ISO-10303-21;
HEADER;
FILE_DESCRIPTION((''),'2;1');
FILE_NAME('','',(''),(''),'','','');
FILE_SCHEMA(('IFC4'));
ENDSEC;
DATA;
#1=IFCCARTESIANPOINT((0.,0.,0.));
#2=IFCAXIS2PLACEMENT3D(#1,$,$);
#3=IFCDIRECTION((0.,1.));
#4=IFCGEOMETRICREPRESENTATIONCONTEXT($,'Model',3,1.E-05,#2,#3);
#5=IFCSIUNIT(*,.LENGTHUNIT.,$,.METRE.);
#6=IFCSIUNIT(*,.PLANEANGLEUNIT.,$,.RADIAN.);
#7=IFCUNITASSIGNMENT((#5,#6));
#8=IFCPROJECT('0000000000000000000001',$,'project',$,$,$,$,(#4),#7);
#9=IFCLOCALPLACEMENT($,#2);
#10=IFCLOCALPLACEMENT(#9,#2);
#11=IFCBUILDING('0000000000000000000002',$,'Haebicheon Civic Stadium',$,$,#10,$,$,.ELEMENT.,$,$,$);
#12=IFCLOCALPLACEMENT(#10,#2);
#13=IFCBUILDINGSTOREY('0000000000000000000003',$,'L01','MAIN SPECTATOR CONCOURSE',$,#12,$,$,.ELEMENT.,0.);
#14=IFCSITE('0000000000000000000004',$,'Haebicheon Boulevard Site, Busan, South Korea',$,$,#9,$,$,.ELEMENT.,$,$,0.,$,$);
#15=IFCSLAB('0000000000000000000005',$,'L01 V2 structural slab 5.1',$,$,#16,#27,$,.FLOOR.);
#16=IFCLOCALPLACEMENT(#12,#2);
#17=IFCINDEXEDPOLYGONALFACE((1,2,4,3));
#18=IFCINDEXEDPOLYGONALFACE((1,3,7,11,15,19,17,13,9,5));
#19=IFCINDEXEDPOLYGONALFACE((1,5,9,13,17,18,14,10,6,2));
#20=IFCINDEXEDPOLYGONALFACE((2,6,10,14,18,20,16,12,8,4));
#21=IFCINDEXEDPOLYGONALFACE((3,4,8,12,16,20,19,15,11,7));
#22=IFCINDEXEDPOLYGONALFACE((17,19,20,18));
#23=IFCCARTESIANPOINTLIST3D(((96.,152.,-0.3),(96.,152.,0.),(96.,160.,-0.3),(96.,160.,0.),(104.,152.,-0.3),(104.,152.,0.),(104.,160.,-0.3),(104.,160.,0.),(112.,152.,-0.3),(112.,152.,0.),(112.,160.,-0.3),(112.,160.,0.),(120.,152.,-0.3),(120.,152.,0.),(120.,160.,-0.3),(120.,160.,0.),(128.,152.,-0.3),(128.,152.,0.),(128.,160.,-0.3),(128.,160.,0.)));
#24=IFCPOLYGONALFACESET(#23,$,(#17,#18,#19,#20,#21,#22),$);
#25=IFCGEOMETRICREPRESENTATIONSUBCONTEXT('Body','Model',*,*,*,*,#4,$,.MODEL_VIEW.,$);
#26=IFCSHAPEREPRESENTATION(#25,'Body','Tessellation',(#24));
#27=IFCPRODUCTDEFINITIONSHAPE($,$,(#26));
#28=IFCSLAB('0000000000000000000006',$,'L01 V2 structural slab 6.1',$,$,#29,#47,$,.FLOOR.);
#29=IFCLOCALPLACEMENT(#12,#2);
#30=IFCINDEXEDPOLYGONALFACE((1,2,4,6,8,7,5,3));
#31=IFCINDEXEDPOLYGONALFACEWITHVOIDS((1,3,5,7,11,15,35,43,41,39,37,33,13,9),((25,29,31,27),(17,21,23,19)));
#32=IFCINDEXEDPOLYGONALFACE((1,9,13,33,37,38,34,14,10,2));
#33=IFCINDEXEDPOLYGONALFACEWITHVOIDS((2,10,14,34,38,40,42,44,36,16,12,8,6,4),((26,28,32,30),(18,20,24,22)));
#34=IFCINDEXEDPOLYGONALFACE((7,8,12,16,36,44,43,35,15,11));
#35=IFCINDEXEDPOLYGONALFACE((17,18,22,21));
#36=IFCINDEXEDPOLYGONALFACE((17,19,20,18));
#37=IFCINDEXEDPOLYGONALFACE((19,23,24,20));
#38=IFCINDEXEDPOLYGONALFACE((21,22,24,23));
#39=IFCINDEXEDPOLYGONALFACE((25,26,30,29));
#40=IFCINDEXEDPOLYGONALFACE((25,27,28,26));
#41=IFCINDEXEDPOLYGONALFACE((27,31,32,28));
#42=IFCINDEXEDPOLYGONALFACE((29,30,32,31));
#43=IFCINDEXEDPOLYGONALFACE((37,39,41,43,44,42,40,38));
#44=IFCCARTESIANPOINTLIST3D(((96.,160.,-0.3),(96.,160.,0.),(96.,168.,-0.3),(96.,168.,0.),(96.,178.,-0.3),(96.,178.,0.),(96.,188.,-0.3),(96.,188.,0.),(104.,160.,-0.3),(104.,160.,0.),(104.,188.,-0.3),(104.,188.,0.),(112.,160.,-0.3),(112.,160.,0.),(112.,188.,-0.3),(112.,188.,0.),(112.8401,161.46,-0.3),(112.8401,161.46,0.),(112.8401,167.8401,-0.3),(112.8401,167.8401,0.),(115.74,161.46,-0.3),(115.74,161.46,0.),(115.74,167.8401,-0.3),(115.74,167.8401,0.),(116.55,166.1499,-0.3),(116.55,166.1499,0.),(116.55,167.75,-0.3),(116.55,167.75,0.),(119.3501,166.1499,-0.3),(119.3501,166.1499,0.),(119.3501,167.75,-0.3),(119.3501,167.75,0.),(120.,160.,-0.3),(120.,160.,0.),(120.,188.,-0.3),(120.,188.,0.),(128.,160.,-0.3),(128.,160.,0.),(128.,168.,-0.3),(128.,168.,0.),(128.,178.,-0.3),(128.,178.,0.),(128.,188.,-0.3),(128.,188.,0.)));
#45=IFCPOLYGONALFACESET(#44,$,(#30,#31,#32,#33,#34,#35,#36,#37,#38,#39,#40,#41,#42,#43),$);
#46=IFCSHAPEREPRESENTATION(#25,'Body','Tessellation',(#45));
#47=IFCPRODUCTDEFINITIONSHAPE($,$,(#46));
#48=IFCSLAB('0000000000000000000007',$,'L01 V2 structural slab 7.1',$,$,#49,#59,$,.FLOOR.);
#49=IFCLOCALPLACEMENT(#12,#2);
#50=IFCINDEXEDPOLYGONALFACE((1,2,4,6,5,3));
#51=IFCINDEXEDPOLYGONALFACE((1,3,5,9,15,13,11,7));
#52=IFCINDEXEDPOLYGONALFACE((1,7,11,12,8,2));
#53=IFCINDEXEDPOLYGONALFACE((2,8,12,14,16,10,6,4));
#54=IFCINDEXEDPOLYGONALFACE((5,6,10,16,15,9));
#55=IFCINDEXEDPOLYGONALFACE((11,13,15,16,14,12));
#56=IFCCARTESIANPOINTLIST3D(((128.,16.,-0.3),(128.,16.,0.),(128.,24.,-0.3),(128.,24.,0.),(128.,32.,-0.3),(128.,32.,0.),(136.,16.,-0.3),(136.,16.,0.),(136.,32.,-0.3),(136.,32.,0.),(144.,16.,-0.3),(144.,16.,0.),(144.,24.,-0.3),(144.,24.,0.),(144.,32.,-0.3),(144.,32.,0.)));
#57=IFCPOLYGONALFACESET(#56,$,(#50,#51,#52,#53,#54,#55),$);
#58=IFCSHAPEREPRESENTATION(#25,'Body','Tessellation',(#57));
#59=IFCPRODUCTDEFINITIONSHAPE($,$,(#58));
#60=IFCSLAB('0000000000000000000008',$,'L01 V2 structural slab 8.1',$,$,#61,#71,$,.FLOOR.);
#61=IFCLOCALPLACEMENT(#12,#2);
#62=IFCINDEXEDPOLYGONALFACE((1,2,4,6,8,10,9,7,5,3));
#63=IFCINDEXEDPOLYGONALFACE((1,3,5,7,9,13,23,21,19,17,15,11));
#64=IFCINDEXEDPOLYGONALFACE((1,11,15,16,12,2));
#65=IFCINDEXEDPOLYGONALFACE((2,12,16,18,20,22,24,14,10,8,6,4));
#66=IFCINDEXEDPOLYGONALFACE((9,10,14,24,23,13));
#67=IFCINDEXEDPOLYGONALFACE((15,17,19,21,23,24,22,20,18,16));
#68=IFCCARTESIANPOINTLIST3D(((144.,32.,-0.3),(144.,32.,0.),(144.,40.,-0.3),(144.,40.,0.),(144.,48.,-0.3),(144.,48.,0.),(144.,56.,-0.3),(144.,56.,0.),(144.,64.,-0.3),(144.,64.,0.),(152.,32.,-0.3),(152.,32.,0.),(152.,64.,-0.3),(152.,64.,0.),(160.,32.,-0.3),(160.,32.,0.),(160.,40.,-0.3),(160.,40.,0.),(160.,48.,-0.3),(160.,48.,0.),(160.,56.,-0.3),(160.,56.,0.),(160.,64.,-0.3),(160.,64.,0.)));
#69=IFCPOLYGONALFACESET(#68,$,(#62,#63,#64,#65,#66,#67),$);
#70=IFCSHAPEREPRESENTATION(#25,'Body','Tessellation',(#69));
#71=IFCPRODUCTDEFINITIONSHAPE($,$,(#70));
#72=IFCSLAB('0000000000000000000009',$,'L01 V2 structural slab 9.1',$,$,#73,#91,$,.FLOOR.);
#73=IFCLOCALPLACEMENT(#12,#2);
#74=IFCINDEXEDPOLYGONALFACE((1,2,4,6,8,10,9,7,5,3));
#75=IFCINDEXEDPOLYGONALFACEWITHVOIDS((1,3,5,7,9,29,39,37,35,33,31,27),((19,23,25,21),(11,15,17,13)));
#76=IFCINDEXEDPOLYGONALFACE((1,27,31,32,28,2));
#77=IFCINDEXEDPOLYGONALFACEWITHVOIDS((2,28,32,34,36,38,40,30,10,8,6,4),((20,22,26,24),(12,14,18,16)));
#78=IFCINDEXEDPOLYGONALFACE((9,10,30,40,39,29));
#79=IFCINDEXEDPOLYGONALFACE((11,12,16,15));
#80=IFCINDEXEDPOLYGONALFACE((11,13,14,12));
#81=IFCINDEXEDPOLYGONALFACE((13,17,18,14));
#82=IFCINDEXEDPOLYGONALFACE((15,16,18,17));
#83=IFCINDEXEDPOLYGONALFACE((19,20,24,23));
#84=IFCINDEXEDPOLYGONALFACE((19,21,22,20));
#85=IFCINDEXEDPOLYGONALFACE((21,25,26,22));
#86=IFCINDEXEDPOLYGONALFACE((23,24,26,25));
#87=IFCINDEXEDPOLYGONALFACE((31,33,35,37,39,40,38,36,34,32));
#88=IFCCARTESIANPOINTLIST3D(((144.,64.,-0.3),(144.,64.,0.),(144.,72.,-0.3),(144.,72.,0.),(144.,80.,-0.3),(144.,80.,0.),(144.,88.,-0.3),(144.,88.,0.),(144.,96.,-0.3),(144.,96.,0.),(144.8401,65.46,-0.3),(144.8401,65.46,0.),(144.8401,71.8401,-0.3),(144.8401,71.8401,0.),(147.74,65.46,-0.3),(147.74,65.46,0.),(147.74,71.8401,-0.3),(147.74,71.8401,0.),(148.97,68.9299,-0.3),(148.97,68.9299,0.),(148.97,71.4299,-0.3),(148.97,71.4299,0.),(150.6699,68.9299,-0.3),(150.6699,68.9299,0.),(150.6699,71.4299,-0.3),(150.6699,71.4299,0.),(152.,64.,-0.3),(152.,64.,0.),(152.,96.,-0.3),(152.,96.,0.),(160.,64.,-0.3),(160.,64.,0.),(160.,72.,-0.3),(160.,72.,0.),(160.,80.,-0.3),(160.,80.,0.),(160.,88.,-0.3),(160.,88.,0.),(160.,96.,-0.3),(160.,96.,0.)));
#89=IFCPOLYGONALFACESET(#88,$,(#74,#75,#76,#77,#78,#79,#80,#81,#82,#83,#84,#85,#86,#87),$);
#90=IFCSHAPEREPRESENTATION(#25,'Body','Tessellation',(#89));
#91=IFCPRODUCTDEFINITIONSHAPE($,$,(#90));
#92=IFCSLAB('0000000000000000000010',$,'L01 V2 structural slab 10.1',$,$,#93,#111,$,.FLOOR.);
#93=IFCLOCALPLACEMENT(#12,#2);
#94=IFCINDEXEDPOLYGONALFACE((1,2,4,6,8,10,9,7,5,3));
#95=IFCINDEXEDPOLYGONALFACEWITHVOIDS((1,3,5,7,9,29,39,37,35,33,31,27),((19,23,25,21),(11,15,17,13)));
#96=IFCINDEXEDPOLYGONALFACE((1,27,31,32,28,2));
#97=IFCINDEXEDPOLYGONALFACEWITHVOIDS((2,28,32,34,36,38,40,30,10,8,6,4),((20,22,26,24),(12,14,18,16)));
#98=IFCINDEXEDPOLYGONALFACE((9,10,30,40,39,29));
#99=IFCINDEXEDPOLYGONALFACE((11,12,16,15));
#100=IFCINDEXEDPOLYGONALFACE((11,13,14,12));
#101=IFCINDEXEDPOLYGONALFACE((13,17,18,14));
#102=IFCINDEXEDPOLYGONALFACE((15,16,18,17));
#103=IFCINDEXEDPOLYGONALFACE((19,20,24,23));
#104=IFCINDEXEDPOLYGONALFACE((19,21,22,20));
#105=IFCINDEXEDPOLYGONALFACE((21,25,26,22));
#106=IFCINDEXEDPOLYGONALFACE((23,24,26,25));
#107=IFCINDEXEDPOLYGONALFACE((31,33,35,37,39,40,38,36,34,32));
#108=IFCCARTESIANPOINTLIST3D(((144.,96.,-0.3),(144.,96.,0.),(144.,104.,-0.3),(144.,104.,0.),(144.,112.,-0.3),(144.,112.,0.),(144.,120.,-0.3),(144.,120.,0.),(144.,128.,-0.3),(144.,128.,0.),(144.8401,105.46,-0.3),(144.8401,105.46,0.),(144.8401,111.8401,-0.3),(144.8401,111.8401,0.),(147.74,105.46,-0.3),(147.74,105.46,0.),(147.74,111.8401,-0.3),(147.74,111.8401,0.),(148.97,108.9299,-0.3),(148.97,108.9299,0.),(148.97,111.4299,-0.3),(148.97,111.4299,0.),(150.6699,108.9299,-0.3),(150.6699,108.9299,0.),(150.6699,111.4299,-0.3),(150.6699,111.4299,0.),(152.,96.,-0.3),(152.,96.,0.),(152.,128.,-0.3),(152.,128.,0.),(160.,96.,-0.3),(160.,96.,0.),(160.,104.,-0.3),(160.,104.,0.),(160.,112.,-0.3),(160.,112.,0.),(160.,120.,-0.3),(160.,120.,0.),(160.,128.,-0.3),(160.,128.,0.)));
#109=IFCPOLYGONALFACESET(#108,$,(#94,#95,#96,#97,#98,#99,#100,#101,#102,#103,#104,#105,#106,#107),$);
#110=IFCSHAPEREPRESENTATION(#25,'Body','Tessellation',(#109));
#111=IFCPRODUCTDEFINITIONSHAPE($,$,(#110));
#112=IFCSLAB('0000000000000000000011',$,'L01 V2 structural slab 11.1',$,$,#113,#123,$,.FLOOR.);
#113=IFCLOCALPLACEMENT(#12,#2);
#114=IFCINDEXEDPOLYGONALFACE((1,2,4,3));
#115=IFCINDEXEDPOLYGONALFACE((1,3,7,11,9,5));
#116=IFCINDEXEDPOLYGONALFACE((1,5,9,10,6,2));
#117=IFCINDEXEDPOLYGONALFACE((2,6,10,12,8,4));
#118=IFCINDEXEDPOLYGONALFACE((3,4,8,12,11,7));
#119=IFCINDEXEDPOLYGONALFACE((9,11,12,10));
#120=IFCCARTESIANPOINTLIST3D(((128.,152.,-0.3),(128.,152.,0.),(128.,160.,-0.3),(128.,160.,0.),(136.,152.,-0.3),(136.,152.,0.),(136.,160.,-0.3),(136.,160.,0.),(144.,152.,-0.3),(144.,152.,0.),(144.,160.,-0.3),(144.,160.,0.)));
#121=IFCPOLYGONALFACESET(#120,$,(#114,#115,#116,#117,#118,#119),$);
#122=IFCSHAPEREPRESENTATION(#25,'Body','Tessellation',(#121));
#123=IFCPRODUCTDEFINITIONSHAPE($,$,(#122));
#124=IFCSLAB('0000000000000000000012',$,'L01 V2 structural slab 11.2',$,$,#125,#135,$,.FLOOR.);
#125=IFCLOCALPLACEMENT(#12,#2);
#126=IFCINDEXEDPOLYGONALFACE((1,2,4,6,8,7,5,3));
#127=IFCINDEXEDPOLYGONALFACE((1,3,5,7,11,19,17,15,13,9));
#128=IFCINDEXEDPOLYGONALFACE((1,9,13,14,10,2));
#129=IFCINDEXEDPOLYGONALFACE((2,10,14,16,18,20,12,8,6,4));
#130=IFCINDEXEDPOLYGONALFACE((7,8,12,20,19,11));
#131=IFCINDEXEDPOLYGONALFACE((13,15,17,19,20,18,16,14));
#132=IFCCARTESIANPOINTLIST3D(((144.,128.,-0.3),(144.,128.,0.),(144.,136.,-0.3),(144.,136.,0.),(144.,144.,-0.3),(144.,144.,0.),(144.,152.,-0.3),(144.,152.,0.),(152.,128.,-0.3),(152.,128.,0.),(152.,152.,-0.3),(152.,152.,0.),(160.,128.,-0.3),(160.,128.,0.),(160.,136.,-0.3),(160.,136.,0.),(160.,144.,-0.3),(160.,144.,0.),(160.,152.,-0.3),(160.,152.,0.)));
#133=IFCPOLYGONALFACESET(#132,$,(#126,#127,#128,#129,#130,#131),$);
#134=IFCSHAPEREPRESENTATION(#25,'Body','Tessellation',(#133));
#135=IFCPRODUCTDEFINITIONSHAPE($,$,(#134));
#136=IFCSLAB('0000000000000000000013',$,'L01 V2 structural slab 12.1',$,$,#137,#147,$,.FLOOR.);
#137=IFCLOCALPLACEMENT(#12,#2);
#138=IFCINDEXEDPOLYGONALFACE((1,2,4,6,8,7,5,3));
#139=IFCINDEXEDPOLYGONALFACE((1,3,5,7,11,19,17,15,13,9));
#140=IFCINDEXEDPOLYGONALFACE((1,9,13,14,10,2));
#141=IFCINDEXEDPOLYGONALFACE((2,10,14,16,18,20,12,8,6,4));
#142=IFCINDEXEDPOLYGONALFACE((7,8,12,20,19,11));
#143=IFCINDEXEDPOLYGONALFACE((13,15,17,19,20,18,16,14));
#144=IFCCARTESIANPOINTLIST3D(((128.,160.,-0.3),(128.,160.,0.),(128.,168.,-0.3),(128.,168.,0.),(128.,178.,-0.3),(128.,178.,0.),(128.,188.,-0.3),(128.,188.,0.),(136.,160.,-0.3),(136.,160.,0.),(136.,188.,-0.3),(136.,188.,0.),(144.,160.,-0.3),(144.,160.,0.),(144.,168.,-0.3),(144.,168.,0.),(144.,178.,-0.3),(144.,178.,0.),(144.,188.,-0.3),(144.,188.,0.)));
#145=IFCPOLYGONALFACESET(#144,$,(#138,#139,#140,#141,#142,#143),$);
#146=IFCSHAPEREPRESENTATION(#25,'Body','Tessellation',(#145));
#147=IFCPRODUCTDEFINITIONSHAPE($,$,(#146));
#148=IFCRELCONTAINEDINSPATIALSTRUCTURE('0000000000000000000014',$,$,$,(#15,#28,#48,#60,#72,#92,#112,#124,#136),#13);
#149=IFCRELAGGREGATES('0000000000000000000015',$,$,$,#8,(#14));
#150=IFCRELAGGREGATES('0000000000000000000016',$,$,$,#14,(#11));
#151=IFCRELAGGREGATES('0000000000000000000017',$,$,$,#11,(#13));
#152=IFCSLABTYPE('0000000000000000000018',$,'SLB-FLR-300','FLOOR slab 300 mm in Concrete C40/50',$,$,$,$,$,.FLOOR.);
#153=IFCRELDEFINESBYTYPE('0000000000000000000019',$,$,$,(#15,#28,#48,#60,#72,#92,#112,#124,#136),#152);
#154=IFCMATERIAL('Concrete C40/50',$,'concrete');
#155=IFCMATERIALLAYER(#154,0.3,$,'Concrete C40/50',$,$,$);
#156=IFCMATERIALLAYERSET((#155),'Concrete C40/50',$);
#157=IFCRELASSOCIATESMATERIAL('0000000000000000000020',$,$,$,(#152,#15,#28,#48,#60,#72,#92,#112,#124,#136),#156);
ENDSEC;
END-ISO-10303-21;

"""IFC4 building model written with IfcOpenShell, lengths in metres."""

from ifc_helpers import new_model, si_unit, direction, frame, origin, place, context, subcontext, project, spatial, polyline, outline, extrude, material, layer, layer_set, type_object, element, save


model = new_model("IFC4")

# Units and contexts
model_context = context("Model", 3, precision=1e-05, world=origin(), true_north=direction((0.0, 1.0)))
body_context = subcontext(model_context, "Body", "Model", "MODEL_VIEW")
ifc_project = project(units=[si_unit("LENGTHUNIT", "METRE"), si_unit("PLANEANGLEUNIT", "RADIAN")], contexts=[model_context])

# Site, building, storey
site_placement = place(None, origin())
site = spatial("IfcSite", under=ifc_project, at=site_placement, Name="Haebicheon Boulevard Site, Busan, South Korea", CompositionType="ELEMENT", RefElevation=0.0)
building_placement = place(site_placement, origin())
building = spatial("IfcBuilding", under=site, at=building_placement, Name="Haebicheon Civic Stadium", CompositionType="ELEMENT")
storey_placement = place(building_placement, origin())
storey = spatial("IfcBuildingStorey", under=building, at=storey_placement, Name="L01", Description="MAIN SPECTATOR CONCOURSE", CompositionType="ELEMENT", Elevation=0.0)

# Slabs
ifc_material_1 = material(Name="Concrete C40/50", Category="concrete")
ifc_layer_1 = layer(ifc_material_1, 0.3, Name="Concrete C40/50")
ifc_layer_set_1 = layer_set([ifc_layer_1], Name="Concrete C40/50")
slab_type_1 = type_object("IfcSlabType", Name="SLB-FLR-300", Description="FLOOR slab 300 mm in Concrete C40/50", PredefinedType="FLOOR", material=ifc_layer_set_1)
slab_1_placement = place(storey_placement, frame((0.0, 0.0, -0.3)))
element("IfcSlab", 1, at=slab_1_placement, inside=storey, type_object=slab_type_1, material=ifc_layer_set_1, Name="L01 V2 structural slab 5.1", PredefinedType="FLOOR", context=body_context, shape_type="SweptSolid", body=[
    extrude(outline(polyline([(96.0, 160.0), (104.0, 160.0), (112.0, 160.0), (120.0, 160.0), (128.0, 160.0), (128.0, 152.0), (120.0, 152.0), (112.0, 152.0), (104.0, 152.0), (96.0, 152.0), (96.0, 160.0)])), origin(), (0.0, 0.0, 1.0), 0.3),
])
slab_2_placement = place(storey_placement, frame((0.0, 0.0, -0.3)))
element("IfcSlab", 2, at=slab_2_placement, inside=storey, type_object=slab_type_1, material=ifc_layer_set_1, Name="L01 V2 structural slab 6.1", PredefinedType="FLOOR", context=body_context, shape_type="SweptSolid", body=[
    extrude(outline(polyline([(96.0, 178.0), (96.0, 188.0), (104.0, 188.0), (112.0, 188.0), (120.0, 188.0), (128.0, 188.0), (128.0, 178.0), (128.0, 168.0), (128.0, 160.0), (120.0, 160.0), (112.0, 160.0), (104.0, 160.0), (96.0, 160.0), (96.0, 168.0), (96.0, 178.0)]), holes=[polyline([(112.8401, 161.46), (115.74, 161.46), (115.74, 167.8401), (112.8401, 167.8401), (112.8401, 161.46)]), polyline([(116.55, 166.1499), (119.3501, 166.1499), (119.3501, 167.75), (116.55, 167.75), (116.55, 166.1499)])]), origin(), (0.0, 0.0, 1.0), 0.3),
])
slab_3_placement = place(storey_placement, frame((0.0, 0.0, -0.3)))
element("IfcSlab", 3, at=slab_3_placement, inside=storey, type_object=slab_type_1, material=ifc_layer_set_1, Name="L01 V2 structural slab 7.1", PredefinedType="FLOOR", context=body_context, shape_type="SweptSolid", body=[
    extrude(outline(polyline([(128.0, 24.0), (128.0, 32.0), (136.0, 32.0), (144.0, 32.0), (144.0, 24.0), (144.0, 16.0), (136.0, 16.0), (128.0, 16.0), (128.0, 24.0)])), origin(), (0.0, 0.0, 1.0), 0.3),
])
slab_4_placement = place(storey_placement, frame((0.0, 0.0, -0.3)))
element("IfcSlab", 4, at=slab_4_placement, inside=storey, type_object=slab_type_1, material=ifc_layer_set_1, Name="L01 V2 structural slab 8.1", PredefinedType="FLOOR", context=body_context, shape_type="SweptSolid", body=[
    extrude(outline(polyline([(144.0, 48.0), (144.0, 56.0), (144.0, 64.0), (152.0, 64.0), (160.0, 64.0), (160.0, 56.0), (160.0, 48.0), (160.0, 40.0), (160.0, 32.0), (152.0, 32.0), (144.0, 32.0), (144.0, 40.0), (144.0, 48.0)])), origin(), (0.0, 0.0, 1.0), 0.3),
])
slab_5_placement = place(storey_placement, frame((0.0, 0.0, -0.3)))
element("IfcSlab", 5, at=slab_5_placement, inside=storey, type_object=slab_type_1, material=ifc_layer_set_1, Name="L01 V2 structural slab 9.1", PredefinedType="FLOOR", context=body_context, shape_type="SweptSolid", body=[
    extrude(outline(polyline([(144.0, 80.0), (144.0, 88.0), (144.0, 96.0), (152.0, 96.0), (160.0, 96.0), (160.0, 88.0), (160.0, 80.0), (160.0, 72.0), (160.0, 64.0), (152.0, 64.0), (144.0, 64.0), (144.0, 72.0), (144.0, 80.0)]), holes=[polyline([(144.8401, 65.46), (147.74, 65.46), (147.74, 71.8401), (144.8401, 71.8401), (144.8401, 65.46)]), polyline([(148.97, 68.9299), (150.6699, 68.9299), (150.6699, 71.4299), (148.97, 71.4299), (148.97, 68.9299)])]), origin(), (0.0, 0.0, 1.0), 0.3),
])
slab_6_placement = place(storey_placement, frame((0.0, 0.0, -0.3)))
element("IfcSlab", 6, at=slab_6_placement, inside=storey, type_object=slab_type_1, material=ifc_layer_set_1, Name="L01 V2 structural slab 10.1", PredefinedType="FLOOR", context=body_context, shape_type="SweptSolid", body=[
    extrude(outline(polyline([(144.0, 112.0), (144.0, 120.0), (144.0, 128.0), (152.0, 128.0), (160.0, 128.0), (160.0, 120.0), (160.0, 112.0), (160.0, 104.0), (160.0, 96.0), (152.0, 96.0), (144.0, 96.0), (144.0, 104.0), (144.0, 112.0)]), holes=[polyline([(144.8401, 105.46), (147.74, 105.46), (147.74, 111.8401), (144.8401, 111.8401), (144.8401, 105.46)]), polyline([(148.97, 108.9299), (150.6699, 108.9299), (150.6699, 111.4299), (148.97, 111.4299), (148.97, 108.9299)])]), origin(), (0.0, 0.0, 1.0), 0.3),
])
slab_7_placement = place(storey_placement, frame((0.0, 0.0, -0.3)))
element("IfcSlab", 7, at=slab_7_placement, inside=storey, type_object=slab_type_1, material=ifc_layer_set_1, Name="L01 V2 structural slab 11.1", PredefinedType="FLOOR", context=body_context, shape_type="SweptSolid", body=[
    extrude(outline(polyline([(136.0, 160.0), (144.0, 160.0), (144.0, 152.0), (136.0, 152.0), (128.0, 152.0), (128.0, 160.0), (136.0, 160.0)])), origin(), (0.0, 0.0, 1.0), 0.3),
])
slab_8_placement = place(storey_placement, frame((0.0, 0.0, -0.3)))
element("IfcSlab", 8, at=slab_8_placement, inside=storey, type_object=slab_type_1, material=ifc_layer_set_1, Name="L01 V2 structural slab 11.2", PredefinedType="FLOOR", context=body_context, shape_type="SweptSolid", body=[
    extrude(outline(polyline([(144.0, 152.0), (152.0, 152.0), (160.0, 152.0), (160.0, 144.0), (160.0, 136.0), (160.0, 128.0), (152.0, 128.0), (144.0, 128.0), (144.0, 136.0), (144.0, 144.0), (144.0, 152.0)])), origin(), (0.0, 0.0, 1.0), 0.3),
])
slab_9_placement = place(storey_placement, frame((0.0, 0.0, -0.3)))
element("IfcSlab", 9, at=slab_9_placement, inside=storey, type_object=slab_type_1, material=ifc_layer_set_1, Name="L01 V2 structural slab 12.1", PredefinedType="FLOOR", context=body_context, shape_type="SweptSolid", body=[
    extrude(outline(polyline([(128.0, 168.0), (128.0, 178.0), (128.0, 188.0), (136.0, 188.0), (144.0, 188.0), (144.0, 178.0), (144.0, 168.0), (144.0, 160.0), (136.0, 160.0), (128.0, 160.0), (128.0, 168.0)])), origin(), (0.0, 0.0, 1.0), 0.3),
])

save(model, "model.ifc")
